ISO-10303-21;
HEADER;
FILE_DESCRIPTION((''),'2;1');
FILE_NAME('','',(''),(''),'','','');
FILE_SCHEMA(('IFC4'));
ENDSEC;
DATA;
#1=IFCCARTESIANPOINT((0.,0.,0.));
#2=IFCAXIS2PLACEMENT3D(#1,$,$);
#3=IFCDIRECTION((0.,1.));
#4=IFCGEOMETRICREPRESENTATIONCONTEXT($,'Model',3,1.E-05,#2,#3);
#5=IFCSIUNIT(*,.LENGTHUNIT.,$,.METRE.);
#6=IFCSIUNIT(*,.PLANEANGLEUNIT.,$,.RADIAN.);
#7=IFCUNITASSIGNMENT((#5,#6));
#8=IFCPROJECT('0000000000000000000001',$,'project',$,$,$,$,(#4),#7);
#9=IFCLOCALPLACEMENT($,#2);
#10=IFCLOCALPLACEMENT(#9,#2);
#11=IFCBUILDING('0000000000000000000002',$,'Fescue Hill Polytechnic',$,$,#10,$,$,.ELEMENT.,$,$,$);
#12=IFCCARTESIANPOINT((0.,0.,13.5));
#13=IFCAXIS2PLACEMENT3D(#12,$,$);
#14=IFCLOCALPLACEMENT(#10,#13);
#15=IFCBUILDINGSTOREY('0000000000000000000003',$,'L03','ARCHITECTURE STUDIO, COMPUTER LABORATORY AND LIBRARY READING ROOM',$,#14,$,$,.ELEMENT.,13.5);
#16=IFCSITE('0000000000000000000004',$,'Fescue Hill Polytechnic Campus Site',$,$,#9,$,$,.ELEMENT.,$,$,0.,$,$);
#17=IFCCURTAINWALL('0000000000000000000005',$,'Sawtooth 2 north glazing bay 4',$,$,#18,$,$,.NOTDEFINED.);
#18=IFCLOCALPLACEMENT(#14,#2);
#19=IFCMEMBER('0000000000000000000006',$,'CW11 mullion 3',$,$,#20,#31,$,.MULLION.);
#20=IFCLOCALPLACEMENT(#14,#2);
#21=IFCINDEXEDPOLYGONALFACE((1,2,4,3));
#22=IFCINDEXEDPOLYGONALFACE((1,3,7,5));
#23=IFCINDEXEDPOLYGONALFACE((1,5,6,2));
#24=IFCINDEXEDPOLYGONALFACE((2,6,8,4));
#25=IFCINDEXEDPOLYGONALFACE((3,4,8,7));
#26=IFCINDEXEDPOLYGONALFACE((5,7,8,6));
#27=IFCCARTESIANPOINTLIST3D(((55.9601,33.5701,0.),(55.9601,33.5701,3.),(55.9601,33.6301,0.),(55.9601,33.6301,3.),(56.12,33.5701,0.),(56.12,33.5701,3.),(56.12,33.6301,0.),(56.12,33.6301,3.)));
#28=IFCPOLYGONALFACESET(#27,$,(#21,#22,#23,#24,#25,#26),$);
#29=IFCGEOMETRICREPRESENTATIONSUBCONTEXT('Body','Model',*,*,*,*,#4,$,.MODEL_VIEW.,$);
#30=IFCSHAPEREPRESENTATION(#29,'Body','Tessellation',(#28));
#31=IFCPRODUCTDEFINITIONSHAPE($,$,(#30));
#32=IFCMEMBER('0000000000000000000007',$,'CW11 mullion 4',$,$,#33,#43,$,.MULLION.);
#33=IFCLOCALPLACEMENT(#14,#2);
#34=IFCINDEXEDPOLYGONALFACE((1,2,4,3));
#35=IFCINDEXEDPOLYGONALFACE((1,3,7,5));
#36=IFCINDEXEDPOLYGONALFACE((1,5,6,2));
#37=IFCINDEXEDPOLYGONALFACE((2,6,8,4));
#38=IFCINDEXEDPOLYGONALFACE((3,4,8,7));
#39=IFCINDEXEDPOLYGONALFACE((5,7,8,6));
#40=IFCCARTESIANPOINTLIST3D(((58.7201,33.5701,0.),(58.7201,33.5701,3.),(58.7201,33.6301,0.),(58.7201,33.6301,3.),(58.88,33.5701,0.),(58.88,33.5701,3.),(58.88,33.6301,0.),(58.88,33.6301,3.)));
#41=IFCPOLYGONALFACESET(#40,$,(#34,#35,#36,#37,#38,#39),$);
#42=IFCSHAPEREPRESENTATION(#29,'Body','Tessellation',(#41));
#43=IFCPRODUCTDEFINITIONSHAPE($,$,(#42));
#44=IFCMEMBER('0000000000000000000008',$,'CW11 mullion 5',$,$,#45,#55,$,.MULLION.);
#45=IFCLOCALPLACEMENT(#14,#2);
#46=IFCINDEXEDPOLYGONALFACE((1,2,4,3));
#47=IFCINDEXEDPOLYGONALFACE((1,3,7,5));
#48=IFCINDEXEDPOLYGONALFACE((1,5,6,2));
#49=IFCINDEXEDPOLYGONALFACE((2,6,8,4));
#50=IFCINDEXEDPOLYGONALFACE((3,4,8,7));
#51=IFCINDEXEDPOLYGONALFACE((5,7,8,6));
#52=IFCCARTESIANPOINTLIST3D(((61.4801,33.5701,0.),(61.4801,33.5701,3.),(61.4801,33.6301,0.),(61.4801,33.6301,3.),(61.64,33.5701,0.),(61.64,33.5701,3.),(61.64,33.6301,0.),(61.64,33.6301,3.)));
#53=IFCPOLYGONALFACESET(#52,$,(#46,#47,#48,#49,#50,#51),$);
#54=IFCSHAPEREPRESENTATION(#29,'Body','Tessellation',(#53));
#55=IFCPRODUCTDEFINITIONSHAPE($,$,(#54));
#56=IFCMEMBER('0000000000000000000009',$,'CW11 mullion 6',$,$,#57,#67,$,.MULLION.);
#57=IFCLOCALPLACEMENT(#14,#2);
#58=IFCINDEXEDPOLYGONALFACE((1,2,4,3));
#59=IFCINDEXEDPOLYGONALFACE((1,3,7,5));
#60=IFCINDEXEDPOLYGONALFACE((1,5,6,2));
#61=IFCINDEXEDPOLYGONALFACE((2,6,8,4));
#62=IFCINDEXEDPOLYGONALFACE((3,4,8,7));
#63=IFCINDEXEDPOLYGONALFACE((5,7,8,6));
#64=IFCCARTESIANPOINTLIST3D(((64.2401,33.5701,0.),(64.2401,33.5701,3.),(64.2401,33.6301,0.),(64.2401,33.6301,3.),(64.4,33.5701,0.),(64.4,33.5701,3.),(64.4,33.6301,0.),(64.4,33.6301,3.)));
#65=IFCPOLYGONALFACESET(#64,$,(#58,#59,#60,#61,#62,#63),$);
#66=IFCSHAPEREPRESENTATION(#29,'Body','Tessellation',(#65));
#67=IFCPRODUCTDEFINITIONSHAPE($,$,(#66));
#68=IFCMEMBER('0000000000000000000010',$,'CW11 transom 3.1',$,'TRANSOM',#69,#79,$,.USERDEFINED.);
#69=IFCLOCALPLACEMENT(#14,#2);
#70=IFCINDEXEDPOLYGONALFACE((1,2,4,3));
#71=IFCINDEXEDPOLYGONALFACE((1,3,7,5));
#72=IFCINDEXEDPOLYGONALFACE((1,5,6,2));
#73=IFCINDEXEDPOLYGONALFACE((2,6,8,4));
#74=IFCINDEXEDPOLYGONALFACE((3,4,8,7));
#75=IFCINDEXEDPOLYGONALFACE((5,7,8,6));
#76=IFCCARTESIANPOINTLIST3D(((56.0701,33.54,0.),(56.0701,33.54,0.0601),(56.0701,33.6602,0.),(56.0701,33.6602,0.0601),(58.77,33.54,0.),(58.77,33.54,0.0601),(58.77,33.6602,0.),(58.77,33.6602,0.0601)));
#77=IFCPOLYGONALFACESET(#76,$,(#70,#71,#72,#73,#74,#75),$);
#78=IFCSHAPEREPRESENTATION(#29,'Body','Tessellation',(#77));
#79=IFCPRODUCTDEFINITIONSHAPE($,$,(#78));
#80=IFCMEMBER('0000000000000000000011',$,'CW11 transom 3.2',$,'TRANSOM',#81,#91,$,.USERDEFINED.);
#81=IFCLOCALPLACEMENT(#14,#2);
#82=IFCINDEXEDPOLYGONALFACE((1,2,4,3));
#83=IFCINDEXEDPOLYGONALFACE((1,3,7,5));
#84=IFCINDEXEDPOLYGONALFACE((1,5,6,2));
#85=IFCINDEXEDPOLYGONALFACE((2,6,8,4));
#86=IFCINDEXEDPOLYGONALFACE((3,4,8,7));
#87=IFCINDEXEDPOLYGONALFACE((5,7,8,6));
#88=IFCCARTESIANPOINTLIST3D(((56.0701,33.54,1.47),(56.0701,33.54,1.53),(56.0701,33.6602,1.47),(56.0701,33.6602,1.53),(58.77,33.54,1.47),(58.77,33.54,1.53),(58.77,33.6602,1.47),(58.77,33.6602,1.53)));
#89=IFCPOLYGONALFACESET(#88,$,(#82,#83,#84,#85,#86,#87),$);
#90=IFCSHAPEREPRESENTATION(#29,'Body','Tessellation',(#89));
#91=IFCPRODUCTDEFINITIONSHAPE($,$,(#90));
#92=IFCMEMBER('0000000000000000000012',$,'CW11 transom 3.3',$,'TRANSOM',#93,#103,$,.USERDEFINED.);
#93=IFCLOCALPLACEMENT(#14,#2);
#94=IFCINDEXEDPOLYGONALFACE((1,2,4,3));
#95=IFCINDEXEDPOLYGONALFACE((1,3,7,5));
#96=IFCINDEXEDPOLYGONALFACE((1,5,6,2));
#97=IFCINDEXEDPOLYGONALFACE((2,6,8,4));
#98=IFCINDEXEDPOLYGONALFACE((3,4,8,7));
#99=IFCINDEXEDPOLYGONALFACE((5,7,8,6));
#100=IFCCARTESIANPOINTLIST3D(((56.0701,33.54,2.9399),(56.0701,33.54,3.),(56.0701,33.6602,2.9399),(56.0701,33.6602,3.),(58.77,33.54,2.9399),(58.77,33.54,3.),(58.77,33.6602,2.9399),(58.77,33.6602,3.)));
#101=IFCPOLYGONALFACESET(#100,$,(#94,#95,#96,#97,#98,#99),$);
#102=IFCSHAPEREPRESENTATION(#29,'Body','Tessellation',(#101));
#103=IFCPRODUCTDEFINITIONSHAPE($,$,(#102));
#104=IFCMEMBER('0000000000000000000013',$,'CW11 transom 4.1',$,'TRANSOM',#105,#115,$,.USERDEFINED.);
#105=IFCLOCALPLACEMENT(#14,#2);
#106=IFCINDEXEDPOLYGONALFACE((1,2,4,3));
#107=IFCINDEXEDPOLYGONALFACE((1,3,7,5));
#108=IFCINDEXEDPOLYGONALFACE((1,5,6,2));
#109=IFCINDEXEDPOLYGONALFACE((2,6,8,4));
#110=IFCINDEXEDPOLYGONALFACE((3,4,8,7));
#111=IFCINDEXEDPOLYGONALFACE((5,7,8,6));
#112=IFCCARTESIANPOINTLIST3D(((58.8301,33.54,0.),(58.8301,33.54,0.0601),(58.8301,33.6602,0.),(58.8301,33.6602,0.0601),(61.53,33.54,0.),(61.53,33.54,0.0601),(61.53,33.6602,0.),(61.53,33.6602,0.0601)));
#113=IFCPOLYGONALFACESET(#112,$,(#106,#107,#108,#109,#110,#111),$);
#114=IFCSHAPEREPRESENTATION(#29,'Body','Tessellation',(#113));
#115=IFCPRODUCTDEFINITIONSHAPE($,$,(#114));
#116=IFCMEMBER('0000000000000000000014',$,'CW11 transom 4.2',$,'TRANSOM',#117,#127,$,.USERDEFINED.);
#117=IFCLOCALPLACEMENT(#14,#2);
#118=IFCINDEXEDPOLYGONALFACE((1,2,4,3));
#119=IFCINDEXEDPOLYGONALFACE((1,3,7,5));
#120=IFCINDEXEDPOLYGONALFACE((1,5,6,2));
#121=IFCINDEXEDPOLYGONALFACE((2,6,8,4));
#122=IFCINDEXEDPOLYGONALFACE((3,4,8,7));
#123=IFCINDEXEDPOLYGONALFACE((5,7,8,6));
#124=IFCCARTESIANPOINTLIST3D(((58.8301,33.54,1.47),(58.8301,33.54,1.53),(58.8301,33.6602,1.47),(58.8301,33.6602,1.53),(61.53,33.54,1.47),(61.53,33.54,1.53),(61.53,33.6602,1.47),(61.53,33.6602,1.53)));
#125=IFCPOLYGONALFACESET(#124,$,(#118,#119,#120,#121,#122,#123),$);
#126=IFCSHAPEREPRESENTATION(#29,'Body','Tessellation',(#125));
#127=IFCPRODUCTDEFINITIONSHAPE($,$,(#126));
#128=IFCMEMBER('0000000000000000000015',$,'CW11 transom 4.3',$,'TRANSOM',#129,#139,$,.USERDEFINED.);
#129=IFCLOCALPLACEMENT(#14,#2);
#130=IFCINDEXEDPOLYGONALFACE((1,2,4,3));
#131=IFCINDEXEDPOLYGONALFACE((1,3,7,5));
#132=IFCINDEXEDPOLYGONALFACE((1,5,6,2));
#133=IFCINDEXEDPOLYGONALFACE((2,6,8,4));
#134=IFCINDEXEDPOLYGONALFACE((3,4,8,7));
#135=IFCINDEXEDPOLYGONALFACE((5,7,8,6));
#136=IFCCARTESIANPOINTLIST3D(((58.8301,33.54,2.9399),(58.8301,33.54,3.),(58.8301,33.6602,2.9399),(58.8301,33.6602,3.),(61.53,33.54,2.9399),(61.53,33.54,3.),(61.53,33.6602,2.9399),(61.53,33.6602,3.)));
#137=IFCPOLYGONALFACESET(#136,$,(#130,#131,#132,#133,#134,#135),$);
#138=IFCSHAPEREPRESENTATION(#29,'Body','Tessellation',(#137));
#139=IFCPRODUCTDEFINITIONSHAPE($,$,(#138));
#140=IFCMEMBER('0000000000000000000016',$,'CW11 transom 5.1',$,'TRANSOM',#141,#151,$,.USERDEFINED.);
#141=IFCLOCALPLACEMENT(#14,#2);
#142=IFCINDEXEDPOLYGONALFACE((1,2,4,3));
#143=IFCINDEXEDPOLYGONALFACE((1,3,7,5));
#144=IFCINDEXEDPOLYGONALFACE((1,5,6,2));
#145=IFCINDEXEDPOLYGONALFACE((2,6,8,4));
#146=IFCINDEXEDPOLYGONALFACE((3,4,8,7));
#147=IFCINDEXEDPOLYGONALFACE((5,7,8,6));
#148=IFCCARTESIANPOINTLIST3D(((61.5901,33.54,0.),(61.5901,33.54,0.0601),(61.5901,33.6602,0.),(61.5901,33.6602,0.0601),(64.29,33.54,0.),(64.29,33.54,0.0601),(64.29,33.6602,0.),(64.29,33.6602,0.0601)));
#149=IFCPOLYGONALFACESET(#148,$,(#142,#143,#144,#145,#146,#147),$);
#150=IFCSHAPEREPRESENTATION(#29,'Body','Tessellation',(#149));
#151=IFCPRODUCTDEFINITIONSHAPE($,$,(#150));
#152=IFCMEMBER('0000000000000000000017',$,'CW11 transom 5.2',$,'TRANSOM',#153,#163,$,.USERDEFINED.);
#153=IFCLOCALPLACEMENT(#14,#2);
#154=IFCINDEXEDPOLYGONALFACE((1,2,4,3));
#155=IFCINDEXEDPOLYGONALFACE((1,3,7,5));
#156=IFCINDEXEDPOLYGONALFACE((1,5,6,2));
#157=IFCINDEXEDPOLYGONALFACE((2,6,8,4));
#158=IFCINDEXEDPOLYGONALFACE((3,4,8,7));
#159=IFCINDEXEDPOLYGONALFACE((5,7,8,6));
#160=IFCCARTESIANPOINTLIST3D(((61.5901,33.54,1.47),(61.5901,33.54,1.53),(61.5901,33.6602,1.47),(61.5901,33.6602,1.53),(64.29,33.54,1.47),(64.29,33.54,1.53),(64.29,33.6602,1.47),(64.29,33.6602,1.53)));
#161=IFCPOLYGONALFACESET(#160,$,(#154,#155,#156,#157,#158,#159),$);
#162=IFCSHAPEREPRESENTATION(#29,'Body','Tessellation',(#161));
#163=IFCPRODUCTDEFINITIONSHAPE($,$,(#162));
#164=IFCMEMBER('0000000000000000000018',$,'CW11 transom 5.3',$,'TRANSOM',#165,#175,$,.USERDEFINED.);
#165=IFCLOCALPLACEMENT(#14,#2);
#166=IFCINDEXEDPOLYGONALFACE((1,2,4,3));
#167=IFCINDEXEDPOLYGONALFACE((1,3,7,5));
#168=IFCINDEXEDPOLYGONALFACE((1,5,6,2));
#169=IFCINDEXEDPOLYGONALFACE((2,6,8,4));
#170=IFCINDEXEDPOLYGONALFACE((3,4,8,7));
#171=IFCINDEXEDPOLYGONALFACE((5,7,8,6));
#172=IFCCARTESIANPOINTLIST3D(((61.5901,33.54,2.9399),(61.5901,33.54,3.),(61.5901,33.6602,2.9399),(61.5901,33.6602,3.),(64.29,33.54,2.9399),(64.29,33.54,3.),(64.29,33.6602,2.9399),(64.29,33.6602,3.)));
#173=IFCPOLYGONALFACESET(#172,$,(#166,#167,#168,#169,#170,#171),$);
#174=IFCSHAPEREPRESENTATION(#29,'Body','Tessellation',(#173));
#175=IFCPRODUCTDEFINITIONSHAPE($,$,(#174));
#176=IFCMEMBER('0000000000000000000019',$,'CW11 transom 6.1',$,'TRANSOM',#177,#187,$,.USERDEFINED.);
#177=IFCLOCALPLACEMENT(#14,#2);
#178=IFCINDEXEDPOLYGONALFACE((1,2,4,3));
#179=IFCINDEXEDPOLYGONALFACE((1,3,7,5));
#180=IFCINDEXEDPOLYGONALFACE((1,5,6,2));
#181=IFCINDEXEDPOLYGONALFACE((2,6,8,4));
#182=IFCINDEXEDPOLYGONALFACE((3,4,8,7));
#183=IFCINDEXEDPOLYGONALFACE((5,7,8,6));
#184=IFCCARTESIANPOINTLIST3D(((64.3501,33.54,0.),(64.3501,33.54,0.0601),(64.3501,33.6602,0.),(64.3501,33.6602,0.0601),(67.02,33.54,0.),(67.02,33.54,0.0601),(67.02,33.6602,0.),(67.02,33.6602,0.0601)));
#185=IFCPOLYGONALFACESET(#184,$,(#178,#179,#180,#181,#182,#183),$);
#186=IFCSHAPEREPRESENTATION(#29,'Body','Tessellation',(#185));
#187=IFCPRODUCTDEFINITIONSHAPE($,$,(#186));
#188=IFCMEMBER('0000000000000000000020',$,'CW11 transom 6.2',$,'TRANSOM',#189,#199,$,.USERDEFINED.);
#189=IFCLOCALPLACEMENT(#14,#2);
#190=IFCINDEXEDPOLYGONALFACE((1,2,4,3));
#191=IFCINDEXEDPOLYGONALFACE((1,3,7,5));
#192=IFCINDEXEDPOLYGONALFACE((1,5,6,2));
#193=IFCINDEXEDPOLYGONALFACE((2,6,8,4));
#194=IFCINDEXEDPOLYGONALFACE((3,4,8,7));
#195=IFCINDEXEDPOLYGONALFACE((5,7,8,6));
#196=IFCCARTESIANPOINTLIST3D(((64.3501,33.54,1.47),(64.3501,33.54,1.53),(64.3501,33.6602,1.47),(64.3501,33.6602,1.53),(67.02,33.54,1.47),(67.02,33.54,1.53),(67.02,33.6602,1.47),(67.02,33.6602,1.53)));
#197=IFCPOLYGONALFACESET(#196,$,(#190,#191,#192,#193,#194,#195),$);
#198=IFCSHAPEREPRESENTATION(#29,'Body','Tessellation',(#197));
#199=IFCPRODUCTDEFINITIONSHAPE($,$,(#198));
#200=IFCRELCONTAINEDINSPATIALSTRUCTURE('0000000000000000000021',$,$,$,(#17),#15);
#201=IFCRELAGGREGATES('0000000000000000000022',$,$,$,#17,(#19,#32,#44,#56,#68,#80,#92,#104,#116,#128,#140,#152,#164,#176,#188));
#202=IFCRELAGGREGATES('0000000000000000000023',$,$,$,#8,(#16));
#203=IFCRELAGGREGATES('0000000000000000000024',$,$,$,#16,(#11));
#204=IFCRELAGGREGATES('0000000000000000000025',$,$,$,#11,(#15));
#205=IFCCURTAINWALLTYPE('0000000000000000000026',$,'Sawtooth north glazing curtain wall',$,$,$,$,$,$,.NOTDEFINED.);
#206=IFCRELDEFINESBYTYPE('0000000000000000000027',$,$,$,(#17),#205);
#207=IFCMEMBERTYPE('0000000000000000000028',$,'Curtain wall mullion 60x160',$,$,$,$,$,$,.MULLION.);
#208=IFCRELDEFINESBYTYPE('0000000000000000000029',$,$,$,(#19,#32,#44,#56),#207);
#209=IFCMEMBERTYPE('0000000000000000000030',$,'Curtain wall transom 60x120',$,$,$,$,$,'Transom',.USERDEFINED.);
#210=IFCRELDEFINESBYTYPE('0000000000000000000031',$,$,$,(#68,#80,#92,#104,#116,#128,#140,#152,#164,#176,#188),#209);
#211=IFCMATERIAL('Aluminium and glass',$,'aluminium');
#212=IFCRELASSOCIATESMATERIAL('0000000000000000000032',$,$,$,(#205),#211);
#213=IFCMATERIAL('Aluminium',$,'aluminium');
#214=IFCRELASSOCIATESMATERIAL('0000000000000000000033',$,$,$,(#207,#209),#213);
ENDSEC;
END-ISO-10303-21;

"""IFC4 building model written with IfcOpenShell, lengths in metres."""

from ifc_helpers import new_model, si_unit, direction, frame, origin, origin_2d, place, context, subcontext, project, spatial, rectangle, extrude, material, material_profile, profile_set, type_object, element, aggregate, save


model = new_model("IFC4")

# Units and contexts
model_context = context("Model", 3, precision=1e-05, world=origin(), true_north=direction((0.0, 1.0)))
body_context = subcontext(model_context, "Body", "Model", "MODEL_VIEW")
ifc_project = project(units=[si_unit("LENGTHUNIT", "METRE"), si_unit("PLANEANGLEUNIT", "RADIAN")], contexts=[model_context])

# Site, building, storey
site_placement = place(None, origin())
site = spatial("IfcSite", under=ifc_project, at=site_placement, Name="Fescue Hill Polytechnic Campus Site", CompositionType="ELEMENT", RefElevation=0.0)
building_placement = place(site_placement, origin())
building = spatial("IfcBuilding", under=site, at=building_placement, Name="Fescue Hill Polytechnic", CompositionType="ELEMENT")
storey_placement = place(building_placement, frame((0.0, 0.0, 13.5)))
storey = spatial("IfcBuildingStorey", under=building, at=storey_placement, Name="L03", Description="ARCHITECTURE STUDIO, COMPUTER LABORATORY AND LIBRARY READING ROOM", CompositionType="ELEMENT", Elevation=13.5)

# Curtain wall, members
ifc_material_1 = material(Name="Aluminium and glass", Category="aluminium")
curtain_wall_type = type_object("IfcCurtainWallType", Name="Sawtooth north glazing curtain wall", PredefinedType="NOTDEFINED", material=ifc_material_1)
curtain_wall_placement = place(storey_placement, origin())
curtain_wall = element("IfcCurtainWall", 1, at=curtain_wall_placement, inside=storey, type_object=curtain_wall_type, Name="Sawtooth 2 north glazing bay 4", PredefinedType="NOTDEFINED")
ifc_material_2 = material(Name="Aluminium", Category="aluminium")
ifc_material_profile_1 = material_profile(ifc_material_2, rectangle(XDim=0.0601, YDim=0.1599, at=origin_2d()), Name="Curtain wall mullion 60x160")
ifc_profile_set_1 = profile_set([ifc_material_profile_1], Name="Aluminium")
member_type_1 = type_object("IfcMemberType", Name="Curtain wall mullion 60x160", PredefinedType="MULLION", material=ifc_profile_set_1)
member_1_placement = place(storey_placement, frame((56.04, 33.6001, 0.0), z_axis=(0.0, 0.0, 1.0), x_axis=(0.0, 1.0, 0.0)))
member_1 = element("IfcMember", 2, at=member_1_placement, type_object=member_type_1, Name="CW11 mullion 3", PredefinedType="MULLION", context=body_context, shape_type="SweptSolid", body=[
    extrude(rectangle(XDim=0.0601, YDim=0.1599, at=origin_2d()), origin(), (0.0, 0.0, 1.0), 3.0),
])
member_2_placement = place(storey_placement, frame((58.8, 33.6001, 0.0), z_axis=(0.0, 0.0, 1.0), x_axis=(0.0, 1.0, 0.0)))
member_2 = element("IfcMember", 3, at=member_2_placement, type_object=member_type_1, Name="CW11 mullion 4", PredefinedType="MULLION", context=body_context, shape_type="SweptSolid", body=[
    extrude(rectangle(XDim=0.0601, YDim=0.1599, at=origin_2d()), origin(), (0.0, 0.0, 1.0), 3.0),
])
member_3_placement = place(storey_placement, frame((61.5601, 33.6001, 0.0), z_axis=(0.0, 0.0, 1.0), x_axis=(0.0, 1.0, 0.0)))
member_3 = element("IfcMember", 4, at=member_3_placement, type_object=member_type_1, Name="CW11 mullion 5", PredefinedType="MULLION", context=body_context, shape_type="SweptSolid", body=[
    extrude(rectangle(XDim=0.0601, YDim=0.1599, at=origin_2d()), origin(), (0.0, 0.0, 1.0), 3.0),
])
member_4_placement = place(storey_placement, frame((64.3201, 33.6001, 0.0), z_axis=(0.0, 0.0, 1.0), x_axis=(0.0, 1.0, 0.0)))
member_4 = element("IfcMember", 5, at=member_4_placement, type_object=member_type_1, Name="CW11 mullion 6", PredefinedType="MULLION", context=body_context, shape_type="SweptSolid", body=[
    extrude(rectangle(XDim=0.0601, YDim=0.1599, at=origin_2d()), origin(), (0.0, 0.0, 1.0), 3.0),
])
ifc_material_profile_2 = material_profile(ifc_material_2, rectangle(XDim=0.1201, YDim=0.0601, at=origin_2d()), Name="Curtain wall transom 60x120")
ifc_profile_set_2 = profile_set([ifc_material_profile_2], Name="Aluminium")
member_type_2 = type_object("IfcMemberType", Name="Curtain wall transom 60x120", ElementType="Transom", PredefinedType="USERDEFINED", material=ifc_profile_set_2)
member_5_placement = place(storey_placement, frame((56.0701, 33.6001, 0.03), z_axis=(1.0, 0.0, 0.0), x_axis=(0.0, 1.0, 0.0)))
member_5 = element("IfcMember", 6, at=member_5_placement, type_object=member_type_2, Name="CW11 transom 3.1", ObjectType="TRANSOM", PredefinedType="USERDEFINED", context=body_context, shape_type="SweptSolid", body=[
    extrude(rectangle(XDim=0.1201, YDim=0.0601, at=origin_2d()), origin(), (0.0, 0.0, 1.0), 2.7),
])
member_6_placement = place(storey_placement, frame((56.0701, 33.6001, 1.5), z_axis=(1.0, 0.0, 0.0), x_axis=(0.0, 1.0, 0.0)))
member_6 = element("IfcMember", 7, at=member_6_placement, type_object=member_type_2, Name="CW11 transom 3.2", ObjectType="TRANSOM", PredefinedType="USERDEFINED", context=body_context, shape_type="SweptSolid", body=[
    extrude(rectangle(XDim=0.1201, YDim=0.0601, at=origin_2d()), origin(), (0.0, 0.0, 1.0), 2.7),
])
member_7_placement = place(storey_placement, frame((56.0701, 33.6001, 2.97), z_axis=(1.0, 0.0, 0.0), x_axis=(0.0, 1.0, 0.0)))
member_7 = element("IfcMember", 8, at=member_7_placement, type_object=member_type_2, Name="CW11 transom 3.3", ObjectType="TRANSOM", PredefinedType="USERDEFINED", context=body_context, shape_type="SweptSolid", body=[
    extrude(rectangle(XDim=0.1201, YDim=0.0601, at=origin_2d()), origin(), (0.0, 0.0, 1.0), 2.7),
])
member_8_placement = place(storey_placement, frame((58.8301, 33.6001, 0.03), z_axis=(1.0, 0.0, 0.0), x_axis=(0.0, 1.0, 0.0)))
member_8 = element("IfcMember", 9, at=member_8_placement, type_object=member_type_2, Name="CW11 transom 4.1", ObjectType="TRANSOM", PredefinedType="USERDEFINED", context=body_context, shape_type="SweptSolid", body=[
    extrude(rectangle(XDim=0.1201, YDim=0.0601, at=origin_2d()), origin(), (0.0, 0.0, 1.0), 2.7),
])
member_9_placement = place(storey_placement, frame((58.8301, 33.6001, 1.5), z_axis=(1.0, 0.0, 0.0), x_axis=(0.0, 1.0, 0.0)))
member_9 = element("IfcMember", 10, at=member_9_placement, type_object=member_type_2, Name="CW11 transom 4.2", ObjectType="TRANSOM", PredefinedType="USERDEFINED", context=body_context, shape_type="SweptSolid", body=[
    extrude(rectangle(XDim=0.1201, YDim=0.0601, at=origin_2d()), origin(), (0.0, 0.0, 1.0), 2.7),
])
member_10_placement = place(storey_placement, frame((58.8301, 33.6001, 2.97), z_axis=(1.0, 0.0, 0.0), x_axis=(0.0, 1.0, 0.0)))
member_10 = element("IfcMember", 11, at=member_10_placement, type_object=member_type_2, Name="CW11 transom 4.3", ObjectType="TRANSOM", PredefinedType="USERDEFINED", context=body_context, shape_type="SweptSolid", body=[
    extrude(rectangle(XDim=0.1201, YDim=0.0601, at=origin_2d()), origin(), (0.0, 0.0, 1.0), 2.7),
])
member_11_placement = place(storey_placement, frame((61.5901, 33.6001, 0.03), z_axis=(1.0, 0.0, 0.0), x_axis=(0.0, 1.0, 0.0)))
member_11 = element("IfcMember", 12, at=member_11_placement, type_object=member_type_2, Name="CW11 transom 5.1", ObjectType="TRANSOM", PredefinedType="USERDEFINED", context=body_context, shape_type="SweptSolid", body=[
    extrude(rectangle(XDim=0.1201, YDim=0.0601, at=origin_2d()), origin(), (0.0, 0.0, 1.0), 2.7),
])
member_12_placement = place(storey_placement, frame((61.5901, 33.6001, 1.5), z_axis=(1.0, 0.0, 0.0), x_axis=(0.0, 1.0, 0.0)))
member_12 = element("IfcMember", 13, at=member_12_placement, type_object=member_type_2, Name="CW11 transom 5.2", ObjectType="TRANSOM", PredefinedType="USERDEFINED", context=body_context, shape_type="SweptSolid", body=[
    extrude(rectangle(XDim=0.1201, YDim=0.0601, at=origin_2d()), origin(), (0.0, 0.0, 1.0), 2.7),
])
member_13_placement = place(storey_placement, frame((61.5901, 33.6001, 2.97), z_axis=(1.0, 0.0, 0.0), x_axis=(0.0, 1.0, 0.0)))
member_13 = element("IfcMember", 14, at=member_13_placement, type_object=member_type_2, Name="CW11 transom 5.3", ObjectType="TRANSOM", PredefinedType="USERDEFINED", context=body_context, shape_type="SweptSolid", body=[
    extrude(rectangle(XDim=0.1201, YDim=0.0601, at=origin_2d()), origin(), (0.0, 0.0, 1.0), 2.7),
])
member_14_placement = place(storey_placement, frame((64.3501, 33.6001, 0.03), z_axis=(1.0, 0.0, 0.0), x_axis=(0.0, 1.0, 0.0)))
member_14 = element("IfcMember", 15, at=member_14_placement, type_object=member_type_2, Name="CW11 transom 6.1", ObjectType="TRANSOM", PredefinedType="USERDEFINED", context=body_context, shape_type="SweptSolid", body=[
    extrude(rectangle(XDim=0.1201, YDim=0.0601, at=origin_2d()), origin(), (0.0, 0.0, 1.0), 2.6699),
])
member_15_placement = place(storey_placement, frame((64.3501, 33.6001, 1.5), z_axis=(1.0, 0.0, 0.0), x_axis=(0.0, 1.0, 0.0)))
member_15 = element("IfcMember", 16, at=member_15_placement, type_object=member_type_2, Name="CW11 transom 6.2", ObjectType="TRANSOM", PredefinedType="USERDEFINED", context=body_context, shape_type="SweptSolid", body=[
    extrude(rectangle(XDim=0.1201, YDim=0.0601, at=origin_2d()), origin(), (0.0, 0.0, 1.0), 2.6699),
])
aggregate(curtain_wall, [member_1, member_2, member_3, member_4, member_5, member_6, member_7, member_8, member_9, member_10, member_11, member_12, member_13, member_14, member_15])

save(model, "model.ifc")
